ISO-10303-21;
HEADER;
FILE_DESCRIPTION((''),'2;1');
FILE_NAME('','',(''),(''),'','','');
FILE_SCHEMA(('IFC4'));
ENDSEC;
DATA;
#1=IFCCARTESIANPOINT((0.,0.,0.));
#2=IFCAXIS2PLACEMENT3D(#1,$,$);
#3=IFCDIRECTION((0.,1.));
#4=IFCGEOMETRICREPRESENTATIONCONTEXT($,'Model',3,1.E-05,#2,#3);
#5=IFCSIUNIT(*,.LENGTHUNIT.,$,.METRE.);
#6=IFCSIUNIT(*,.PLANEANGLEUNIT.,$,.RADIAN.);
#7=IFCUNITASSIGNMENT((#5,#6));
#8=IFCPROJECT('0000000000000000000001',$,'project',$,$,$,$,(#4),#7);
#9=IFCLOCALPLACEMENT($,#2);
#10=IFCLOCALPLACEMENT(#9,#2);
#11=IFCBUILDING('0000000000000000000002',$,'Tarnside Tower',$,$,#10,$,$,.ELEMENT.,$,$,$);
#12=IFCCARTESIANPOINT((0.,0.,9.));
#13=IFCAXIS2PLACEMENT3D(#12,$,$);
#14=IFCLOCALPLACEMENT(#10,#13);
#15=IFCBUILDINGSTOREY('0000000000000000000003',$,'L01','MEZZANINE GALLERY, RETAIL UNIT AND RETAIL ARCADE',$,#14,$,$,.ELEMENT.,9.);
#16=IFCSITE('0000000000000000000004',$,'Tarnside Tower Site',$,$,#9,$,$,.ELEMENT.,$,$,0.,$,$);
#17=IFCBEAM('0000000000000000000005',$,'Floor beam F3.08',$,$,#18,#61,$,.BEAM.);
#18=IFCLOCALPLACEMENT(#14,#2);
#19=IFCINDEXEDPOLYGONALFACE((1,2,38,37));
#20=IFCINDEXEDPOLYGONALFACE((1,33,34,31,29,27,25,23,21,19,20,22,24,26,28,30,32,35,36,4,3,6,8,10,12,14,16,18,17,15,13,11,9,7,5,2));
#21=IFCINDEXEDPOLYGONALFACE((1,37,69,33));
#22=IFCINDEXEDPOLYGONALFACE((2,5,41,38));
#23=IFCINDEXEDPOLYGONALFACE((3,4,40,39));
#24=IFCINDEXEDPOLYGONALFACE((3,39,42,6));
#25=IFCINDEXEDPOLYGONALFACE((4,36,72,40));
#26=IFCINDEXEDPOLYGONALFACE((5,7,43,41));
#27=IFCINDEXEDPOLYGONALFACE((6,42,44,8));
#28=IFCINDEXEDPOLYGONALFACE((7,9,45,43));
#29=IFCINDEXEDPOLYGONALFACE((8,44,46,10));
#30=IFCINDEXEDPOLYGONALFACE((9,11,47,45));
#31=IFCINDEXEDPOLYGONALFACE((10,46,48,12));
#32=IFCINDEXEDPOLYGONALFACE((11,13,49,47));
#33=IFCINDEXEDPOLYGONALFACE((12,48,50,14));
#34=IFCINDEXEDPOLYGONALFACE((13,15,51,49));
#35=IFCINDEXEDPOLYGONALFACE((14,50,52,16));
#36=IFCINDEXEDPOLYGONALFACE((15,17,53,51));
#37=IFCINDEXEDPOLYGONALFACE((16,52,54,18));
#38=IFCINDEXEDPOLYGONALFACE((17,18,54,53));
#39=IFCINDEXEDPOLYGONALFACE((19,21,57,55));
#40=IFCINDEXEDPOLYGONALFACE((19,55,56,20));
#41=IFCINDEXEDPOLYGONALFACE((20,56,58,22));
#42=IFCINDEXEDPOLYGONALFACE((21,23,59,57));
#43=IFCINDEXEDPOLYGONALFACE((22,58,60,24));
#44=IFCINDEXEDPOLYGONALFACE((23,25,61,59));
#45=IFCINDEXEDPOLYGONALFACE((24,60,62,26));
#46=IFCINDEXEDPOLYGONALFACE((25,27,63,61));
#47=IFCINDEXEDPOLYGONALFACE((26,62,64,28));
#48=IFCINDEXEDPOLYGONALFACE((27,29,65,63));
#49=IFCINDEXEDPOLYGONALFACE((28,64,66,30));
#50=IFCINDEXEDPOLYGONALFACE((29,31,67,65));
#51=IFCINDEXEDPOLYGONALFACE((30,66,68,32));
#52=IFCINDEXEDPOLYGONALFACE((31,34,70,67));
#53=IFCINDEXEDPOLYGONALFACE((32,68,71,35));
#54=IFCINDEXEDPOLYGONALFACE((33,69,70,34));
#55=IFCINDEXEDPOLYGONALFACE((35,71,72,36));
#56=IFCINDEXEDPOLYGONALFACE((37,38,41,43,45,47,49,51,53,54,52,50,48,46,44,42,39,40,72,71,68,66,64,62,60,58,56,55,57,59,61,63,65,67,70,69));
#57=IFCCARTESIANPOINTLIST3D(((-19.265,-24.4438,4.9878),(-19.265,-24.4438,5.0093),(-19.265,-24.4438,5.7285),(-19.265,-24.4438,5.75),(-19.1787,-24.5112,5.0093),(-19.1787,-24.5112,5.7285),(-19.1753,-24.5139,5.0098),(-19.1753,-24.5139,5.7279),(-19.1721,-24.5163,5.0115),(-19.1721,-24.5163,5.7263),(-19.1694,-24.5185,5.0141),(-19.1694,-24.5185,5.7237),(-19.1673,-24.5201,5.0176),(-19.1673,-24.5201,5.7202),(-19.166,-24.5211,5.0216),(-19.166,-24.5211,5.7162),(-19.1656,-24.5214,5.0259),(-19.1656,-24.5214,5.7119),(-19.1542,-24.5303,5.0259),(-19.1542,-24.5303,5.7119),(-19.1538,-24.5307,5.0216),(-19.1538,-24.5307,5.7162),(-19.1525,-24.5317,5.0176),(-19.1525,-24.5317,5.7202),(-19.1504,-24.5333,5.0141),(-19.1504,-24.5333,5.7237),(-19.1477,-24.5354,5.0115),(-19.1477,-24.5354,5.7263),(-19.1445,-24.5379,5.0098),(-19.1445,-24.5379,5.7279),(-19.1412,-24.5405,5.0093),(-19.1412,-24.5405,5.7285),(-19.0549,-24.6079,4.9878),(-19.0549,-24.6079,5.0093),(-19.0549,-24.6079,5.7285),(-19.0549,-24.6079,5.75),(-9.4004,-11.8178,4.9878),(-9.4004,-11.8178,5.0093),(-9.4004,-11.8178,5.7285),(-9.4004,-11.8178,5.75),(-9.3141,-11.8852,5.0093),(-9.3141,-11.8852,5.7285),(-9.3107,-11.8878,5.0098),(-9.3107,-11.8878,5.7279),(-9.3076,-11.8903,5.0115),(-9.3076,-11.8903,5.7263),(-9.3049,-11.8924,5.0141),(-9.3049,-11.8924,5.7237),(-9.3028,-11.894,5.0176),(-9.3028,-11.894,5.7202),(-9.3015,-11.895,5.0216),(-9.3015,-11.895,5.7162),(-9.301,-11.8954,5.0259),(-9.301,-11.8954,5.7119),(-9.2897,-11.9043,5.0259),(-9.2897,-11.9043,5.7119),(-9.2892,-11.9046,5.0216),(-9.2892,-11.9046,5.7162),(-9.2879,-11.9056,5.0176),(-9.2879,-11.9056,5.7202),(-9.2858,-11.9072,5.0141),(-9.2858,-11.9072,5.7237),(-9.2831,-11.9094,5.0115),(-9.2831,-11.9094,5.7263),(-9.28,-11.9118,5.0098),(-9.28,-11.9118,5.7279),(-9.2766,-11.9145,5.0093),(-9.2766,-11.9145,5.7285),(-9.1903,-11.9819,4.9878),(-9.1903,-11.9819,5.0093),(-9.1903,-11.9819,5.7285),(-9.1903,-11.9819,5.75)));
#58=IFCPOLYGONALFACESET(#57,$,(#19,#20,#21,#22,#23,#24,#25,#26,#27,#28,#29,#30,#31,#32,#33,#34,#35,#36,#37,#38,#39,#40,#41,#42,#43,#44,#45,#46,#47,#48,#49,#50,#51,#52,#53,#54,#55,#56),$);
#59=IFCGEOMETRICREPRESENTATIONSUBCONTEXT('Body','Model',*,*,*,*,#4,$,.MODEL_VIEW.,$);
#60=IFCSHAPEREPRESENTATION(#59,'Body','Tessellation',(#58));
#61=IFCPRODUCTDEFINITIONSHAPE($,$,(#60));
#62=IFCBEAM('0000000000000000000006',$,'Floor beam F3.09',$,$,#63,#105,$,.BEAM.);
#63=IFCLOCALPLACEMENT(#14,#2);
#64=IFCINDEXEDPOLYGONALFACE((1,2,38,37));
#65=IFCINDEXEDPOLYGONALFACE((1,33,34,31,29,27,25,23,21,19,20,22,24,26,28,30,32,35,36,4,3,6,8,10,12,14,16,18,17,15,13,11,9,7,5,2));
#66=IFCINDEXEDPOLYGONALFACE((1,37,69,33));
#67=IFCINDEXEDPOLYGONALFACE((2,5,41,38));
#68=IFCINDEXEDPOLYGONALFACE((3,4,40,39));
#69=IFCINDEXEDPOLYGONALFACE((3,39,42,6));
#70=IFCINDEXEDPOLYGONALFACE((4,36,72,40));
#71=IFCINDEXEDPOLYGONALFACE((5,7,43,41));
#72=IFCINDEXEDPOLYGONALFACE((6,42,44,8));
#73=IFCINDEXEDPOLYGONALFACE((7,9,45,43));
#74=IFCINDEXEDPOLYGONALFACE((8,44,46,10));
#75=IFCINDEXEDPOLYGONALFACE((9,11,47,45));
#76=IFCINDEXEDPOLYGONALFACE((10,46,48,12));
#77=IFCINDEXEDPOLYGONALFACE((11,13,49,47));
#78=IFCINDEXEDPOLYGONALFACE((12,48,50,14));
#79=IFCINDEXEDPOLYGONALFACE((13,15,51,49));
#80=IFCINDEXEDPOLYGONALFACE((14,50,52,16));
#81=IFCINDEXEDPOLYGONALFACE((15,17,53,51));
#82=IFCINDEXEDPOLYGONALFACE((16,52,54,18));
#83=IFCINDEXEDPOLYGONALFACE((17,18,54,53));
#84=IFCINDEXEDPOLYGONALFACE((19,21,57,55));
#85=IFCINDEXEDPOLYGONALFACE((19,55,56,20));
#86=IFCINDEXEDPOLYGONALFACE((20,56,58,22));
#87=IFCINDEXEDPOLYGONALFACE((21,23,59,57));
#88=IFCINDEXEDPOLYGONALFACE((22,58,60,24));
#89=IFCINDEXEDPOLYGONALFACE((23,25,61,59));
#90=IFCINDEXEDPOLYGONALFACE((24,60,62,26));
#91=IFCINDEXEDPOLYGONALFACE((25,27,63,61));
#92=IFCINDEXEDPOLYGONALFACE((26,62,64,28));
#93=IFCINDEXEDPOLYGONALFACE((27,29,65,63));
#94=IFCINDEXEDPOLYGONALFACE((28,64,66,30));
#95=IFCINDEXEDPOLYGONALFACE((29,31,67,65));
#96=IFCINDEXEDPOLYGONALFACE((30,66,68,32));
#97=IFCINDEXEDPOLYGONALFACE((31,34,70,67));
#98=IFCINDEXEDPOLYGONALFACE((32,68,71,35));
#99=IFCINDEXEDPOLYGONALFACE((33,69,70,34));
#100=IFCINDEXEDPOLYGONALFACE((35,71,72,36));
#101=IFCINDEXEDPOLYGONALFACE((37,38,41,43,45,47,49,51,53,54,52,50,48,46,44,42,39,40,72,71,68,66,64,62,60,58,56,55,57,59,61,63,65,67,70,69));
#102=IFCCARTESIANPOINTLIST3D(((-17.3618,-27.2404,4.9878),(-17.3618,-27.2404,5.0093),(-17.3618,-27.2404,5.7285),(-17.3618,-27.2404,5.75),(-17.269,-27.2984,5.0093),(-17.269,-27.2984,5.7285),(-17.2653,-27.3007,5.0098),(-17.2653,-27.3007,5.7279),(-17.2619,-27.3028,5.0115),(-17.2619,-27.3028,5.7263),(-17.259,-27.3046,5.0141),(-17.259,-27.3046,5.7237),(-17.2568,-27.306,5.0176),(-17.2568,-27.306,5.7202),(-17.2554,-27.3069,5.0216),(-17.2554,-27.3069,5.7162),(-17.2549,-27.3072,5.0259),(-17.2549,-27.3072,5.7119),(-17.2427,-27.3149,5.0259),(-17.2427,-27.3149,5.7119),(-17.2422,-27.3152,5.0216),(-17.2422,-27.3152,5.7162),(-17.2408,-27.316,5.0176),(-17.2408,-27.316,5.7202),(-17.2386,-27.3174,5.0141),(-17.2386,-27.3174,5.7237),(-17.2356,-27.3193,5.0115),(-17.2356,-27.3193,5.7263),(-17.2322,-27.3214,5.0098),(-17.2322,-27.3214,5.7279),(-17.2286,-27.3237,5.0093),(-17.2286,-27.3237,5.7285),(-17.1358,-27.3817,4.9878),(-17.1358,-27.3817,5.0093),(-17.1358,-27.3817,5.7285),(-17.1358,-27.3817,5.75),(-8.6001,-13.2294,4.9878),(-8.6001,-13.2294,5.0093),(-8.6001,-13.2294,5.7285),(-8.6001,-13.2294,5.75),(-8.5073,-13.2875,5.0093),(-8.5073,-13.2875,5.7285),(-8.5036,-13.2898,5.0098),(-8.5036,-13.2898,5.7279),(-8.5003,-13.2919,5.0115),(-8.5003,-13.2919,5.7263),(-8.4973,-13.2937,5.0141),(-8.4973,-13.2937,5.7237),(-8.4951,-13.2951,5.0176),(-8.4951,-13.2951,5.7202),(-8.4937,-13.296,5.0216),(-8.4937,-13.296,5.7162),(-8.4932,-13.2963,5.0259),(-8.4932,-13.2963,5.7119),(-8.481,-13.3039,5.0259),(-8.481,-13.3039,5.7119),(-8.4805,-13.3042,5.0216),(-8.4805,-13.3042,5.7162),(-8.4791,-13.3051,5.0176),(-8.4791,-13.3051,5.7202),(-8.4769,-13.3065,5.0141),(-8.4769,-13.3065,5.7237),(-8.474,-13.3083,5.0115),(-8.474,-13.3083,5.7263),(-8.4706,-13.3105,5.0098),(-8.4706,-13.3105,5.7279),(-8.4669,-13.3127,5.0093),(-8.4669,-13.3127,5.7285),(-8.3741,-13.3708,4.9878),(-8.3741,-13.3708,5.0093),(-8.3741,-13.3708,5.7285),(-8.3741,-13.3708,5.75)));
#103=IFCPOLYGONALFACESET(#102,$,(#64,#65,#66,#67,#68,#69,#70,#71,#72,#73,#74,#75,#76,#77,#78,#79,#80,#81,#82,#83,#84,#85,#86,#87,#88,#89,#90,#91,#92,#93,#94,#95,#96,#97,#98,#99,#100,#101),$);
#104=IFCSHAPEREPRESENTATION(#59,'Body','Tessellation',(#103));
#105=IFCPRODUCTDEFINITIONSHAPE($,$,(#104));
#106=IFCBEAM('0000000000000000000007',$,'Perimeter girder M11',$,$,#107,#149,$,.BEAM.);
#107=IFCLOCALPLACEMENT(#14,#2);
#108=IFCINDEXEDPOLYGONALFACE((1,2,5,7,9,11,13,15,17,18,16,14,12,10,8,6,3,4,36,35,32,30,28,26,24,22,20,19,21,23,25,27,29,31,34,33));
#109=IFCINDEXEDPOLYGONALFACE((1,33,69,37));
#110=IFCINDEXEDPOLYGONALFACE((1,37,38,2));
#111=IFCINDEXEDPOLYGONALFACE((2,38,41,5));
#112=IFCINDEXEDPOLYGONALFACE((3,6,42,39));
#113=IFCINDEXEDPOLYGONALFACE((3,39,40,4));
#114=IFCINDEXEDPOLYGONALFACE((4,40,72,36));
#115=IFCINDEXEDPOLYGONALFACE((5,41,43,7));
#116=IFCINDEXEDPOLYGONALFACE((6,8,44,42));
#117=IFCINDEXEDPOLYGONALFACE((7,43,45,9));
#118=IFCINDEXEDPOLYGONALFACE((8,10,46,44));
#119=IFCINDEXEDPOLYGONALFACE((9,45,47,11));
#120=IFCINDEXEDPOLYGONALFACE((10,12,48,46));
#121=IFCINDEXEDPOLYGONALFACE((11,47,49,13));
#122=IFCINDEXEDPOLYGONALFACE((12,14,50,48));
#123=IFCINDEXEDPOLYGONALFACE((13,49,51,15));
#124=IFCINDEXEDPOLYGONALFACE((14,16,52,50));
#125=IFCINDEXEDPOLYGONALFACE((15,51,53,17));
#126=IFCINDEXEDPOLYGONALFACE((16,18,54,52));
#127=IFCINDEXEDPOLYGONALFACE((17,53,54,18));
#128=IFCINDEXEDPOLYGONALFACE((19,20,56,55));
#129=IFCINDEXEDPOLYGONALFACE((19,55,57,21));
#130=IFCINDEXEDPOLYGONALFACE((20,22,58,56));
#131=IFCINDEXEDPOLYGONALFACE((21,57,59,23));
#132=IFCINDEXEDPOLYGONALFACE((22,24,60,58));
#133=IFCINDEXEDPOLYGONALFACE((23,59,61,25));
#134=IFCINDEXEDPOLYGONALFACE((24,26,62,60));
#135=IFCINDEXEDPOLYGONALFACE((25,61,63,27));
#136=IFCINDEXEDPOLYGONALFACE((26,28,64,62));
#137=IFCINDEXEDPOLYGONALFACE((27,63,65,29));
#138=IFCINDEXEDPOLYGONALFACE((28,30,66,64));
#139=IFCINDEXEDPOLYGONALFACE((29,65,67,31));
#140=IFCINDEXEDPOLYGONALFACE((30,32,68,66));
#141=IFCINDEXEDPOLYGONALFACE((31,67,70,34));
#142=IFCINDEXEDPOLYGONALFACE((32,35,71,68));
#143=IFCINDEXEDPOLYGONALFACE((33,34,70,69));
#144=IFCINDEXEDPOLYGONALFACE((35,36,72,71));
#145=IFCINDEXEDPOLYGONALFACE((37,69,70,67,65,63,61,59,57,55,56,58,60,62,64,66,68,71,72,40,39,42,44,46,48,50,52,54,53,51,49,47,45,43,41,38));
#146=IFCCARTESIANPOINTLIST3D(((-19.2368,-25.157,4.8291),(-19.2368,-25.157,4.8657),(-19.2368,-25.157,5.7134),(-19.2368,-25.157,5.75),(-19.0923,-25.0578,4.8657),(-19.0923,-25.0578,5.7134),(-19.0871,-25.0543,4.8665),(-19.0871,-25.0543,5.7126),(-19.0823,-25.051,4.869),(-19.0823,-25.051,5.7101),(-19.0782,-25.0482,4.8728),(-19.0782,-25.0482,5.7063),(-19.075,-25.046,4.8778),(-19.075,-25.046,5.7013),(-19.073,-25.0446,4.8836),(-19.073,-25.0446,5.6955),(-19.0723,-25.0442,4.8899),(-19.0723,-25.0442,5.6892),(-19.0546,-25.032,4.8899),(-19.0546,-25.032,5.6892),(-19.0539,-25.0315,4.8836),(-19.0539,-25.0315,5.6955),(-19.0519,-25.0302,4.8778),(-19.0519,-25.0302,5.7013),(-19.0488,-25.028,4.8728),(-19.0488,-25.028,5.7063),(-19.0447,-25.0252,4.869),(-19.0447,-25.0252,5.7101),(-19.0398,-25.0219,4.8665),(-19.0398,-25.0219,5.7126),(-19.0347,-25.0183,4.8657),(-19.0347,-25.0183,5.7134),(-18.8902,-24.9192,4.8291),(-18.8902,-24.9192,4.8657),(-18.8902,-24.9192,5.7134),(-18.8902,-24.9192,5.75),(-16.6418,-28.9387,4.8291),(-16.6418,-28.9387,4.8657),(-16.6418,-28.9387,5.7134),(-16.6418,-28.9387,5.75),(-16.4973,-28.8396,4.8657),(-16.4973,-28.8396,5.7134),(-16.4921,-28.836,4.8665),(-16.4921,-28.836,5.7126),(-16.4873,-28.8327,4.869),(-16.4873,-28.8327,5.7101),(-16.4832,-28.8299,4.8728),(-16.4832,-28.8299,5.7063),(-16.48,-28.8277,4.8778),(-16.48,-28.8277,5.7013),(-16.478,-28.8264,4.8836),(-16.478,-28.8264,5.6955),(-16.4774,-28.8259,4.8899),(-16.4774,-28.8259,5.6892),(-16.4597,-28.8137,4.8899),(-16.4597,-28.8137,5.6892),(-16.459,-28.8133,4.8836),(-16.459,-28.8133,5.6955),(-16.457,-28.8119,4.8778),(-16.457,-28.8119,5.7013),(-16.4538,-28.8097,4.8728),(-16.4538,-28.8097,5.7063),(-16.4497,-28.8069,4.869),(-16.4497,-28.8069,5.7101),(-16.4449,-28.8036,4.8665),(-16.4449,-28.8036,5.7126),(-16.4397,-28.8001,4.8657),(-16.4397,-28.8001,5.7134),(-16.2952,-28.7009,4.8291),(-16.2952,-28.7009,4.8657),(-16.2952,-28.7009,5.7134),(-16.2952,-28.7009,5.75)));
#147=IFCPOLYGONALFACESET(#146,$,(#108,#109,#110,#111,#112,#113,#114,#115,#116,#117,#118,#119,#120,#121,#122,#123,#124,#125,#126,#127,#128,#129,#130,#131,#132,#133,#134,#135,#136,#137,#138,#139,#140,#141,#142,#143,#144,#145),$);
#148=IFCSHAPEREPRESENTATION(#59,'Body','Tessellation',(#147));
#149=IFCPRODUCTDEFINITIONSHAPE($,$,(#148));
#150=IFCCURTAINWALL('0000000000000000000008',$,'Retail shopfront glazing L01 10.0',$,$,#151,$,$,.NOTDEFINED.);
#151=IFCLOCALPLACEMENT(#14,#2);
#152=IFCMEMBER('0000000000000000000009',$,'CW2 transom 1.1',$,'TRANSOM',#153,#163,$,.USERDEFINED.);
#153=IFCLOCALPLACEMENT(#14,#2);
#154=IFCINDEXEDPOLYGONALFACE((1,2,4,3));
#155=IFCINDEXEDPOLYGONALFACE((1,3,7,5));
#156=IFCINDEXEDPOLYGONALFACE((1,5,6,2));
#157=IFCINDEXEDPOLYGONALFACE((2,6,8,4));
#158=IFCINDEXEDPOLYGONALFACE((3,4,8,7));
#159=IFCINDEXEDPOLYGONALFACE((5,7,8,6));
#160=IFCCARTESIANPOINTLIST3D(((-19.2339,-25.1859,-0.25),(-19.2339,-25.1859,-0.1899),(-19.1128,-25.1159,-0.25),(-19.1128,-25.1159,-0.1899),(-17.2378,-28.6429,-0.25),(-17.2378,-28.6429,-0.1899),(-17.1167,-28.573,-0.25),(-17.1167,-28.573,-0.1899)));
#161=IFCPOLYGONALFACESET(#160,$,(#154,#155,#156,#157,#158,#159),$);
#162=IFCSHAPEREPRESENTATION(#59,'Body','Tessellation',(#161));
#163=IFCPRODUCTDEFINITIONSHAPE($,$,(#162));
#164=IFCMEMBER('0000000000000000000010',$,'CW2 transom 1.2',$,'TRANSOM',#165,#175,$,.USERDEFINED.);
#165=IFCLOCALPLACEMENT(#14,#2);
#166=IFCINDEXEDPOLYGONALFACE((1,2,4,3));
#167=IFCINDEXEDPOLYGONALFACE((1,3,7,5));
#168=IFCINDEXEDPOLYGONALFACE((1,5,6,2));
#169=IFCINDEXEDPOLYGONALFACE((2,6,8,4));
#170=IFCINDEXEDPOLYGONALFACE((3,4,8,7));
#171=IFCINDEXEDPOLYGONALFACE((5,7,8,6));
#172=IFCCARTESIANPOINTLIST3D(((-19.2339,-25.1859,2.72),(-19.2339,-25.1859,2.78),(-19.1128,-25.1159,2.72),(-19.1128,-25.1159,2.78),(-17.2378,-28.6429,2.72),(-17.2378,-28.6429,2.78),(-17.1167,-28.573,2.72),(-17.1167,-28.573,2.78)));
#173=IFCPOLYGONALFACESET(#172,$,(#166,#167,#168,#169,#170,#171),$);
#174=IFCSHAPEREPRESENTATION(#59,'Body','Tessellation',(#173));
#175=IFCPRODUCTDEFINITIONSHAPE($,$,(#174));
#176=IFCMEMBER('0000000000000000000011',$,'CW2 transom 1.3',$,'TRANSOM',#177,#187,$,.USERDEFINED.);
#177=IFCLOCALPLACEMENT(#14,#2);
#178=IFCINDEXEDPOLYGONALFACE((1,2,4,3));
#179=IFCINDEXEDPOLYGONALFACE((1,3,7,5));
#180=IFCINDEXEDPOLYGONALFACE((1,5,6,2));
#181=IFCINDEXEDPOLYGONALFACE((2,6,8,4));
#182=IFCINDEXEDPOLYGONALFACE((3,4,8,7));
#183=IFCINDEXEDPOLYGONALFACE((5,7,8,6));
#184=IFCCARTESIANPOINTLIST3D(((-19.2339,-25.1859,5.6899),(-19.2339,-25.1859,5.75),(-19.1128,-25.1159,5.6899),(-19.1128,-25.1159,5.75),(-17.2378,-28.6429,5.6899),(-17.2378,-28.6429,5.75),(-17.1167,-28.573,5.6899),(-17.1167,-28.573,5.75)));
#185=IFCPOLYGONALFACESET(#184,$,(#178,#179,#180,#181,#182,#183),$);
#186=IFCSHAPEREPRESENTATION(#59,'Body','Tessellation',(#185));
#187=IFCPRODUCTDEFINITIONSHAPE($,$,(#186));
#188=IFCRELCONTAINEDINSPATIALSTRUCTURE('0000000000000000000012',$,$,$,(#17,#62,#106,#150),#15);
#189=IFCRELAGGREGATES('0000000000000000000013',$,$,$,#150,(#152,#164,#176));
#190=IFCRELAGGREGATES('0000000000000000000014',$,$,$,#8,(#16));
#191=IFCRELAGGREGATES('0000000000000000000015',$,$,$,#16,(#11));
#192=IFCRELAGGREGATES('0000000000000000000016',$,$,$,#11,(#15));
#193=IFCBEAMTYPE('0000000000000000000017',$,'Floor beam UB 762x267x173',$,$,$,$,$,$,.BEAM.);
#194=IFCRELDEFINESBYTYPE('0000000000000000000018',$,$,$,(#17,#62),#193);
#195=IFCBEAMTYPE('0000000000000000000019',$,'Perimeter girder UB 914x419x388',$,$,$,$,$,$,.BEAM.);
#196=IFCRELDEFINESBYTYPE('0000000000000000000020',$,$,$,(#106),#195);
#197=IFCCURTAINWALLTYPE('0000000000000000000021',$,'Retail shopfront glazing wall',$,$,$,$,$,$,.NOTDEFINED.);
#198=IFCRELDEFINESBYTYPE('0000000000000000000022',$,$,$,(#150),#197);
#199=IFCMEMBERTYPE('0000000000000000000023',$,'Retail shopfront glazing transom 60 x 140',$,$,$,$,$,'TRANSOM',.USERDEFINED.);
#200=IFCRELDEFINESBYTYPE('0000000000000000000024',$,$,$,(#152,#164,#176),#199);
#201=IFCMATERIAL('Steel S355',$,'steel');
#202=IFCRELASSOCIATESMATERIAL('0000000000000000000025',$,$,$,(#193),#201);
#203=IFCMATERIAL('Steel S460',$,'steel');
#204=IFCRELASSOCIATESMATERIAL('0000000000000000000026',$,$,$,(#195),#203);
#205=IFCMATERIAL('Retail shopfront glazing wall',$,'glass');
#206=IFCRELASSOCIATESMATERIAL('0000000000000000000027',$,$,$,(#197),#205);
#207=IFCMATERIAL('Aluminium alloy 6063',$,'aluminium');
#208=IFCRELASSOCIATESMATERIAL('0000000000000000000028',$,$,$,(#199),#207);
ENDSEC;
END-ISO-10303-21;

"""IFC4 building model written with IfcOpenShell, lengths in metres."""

from ifc_helpers import new_model, si_unit, direction, frame, origin, origin_2d, place, context, subcontext, project, spatial, rectangle, i_section, extrude, material, material_profile, profile_set, type_object, element, aggregate, save


model = new_model("IFC4")

# Units and contexts
model_context = context("Model", 3, precision=1e-05, world=origin(), true_north=direction((0.0, 1.0)))
body_context = subcontext(model_context, "Body", "Model", "MODEL_VIEW")
ifc_project = project(units=[si_unit("LENGTHUNIT", "METRE"), si_unit("PLANEANGLEUNIT", "RADIAN")], contexts=[model_context])

# Site, building, storey
site_placement = place(None, origin())
site = spatial("IfcSite", under=ifc_project, at=site_placement, Name="Tarnside Tower Site", CompositionType="ELEMENT", RefElevation=0.0)
building_placement = place(site_placement, origin())
building = spatial("IfcBuilding", under=site, at=building_placement, Name="Tarnside Tower", CompositionType="ELEMENT")
storey_placement = place(building_placement, frame((0.0, 0.0, 9.0)))
storey = spatial("IfcBuildingStorey", under=building, at=storey_placement, Name="L01", Description="MEZZANINE GALLERY, RETAIL UNIT AND RETAIL ARCADE", CompositionType="ELEMENT", Elevation=9.0)

# Beams
ifc_material_1 = material(Name="Steel S355", Category="steel")
ifc_material_profile_1 = material_profile(ifc_material_1, i_section(OverallWidth=0.2666, OverallDepth=0.7622, WebThickness=0.0144, FlangeThickness=0.0215, FilletRadius=0.0166, at=origin_2d()), Name="UB 762x267x173")
ifc_profile_set_1 = profile_set([ifc_material_profile_1], Name="Steel S355")
beam_type_1 = type_object("IfcBeamType", Name="Floor beam UB 762x267x173", PredefinedType="BEAM", material=ifc_profile_set_1)
beam_1_placement = place(storey_placement, frame((-19.1599, -24.5259, 5.3689), z_axis=(0.615662, 0.788011, 0.0), x_axis=(-0.788011, 0.615662, 0.0)))
element("IfcBeam", 1, at=beam_1_placement, inside=storey, type_object=beam_type_1, Name="Floor beam F3.08", PredefinedType="BEAM", context=body_context, shape_type="SweptSolid", body=[
    extrude(i_section(OverallWidth=0.2666, OverallDepth=0.7622, WebThickness=0.0144, FlangeThickness=0.0215, FilletRadius=0.0166, at=origin_2d()), origin(), (0.0, 0.0, 1.0), 16.0227),
])
beam_2_placement = place(storey_placement, frame((-17.2488, -27.311, 5.3689), z_axis=(0.53021, 0.847866, 0.0), x_axis=(-0.847866, 0.53021, 0.0)))
element("IfcBeam", 2, at=beam_2_placement, inside=storey, type_object=beam_type_1, Name="Floor beam F3.09", PredefinedType="BEAM", context=body_context, shape_type="SweptSolid", body=[
    extrude(i_section(OverallWidth=0.2666, OverallDepth=0.7622, WebThickness=0.0144, FlangeThickness=0.0215, FilletRadius=0.0166, at=origin_2d()), origin(), (0.0, 0.0, 1.0), 16.5249),
])
ifc_material_2 = material(Name="Steel S460", Category="steel")
ifc_material_profile_2 = material_profile(ifc_material_2, i_section(OverallWidth=0.4204, OverallDepth=0.9209, WebThickness=0.0215, FlangeThickness=0.0366, FilletRadius=0.0242, at=origin_2d()), Name="UB 914x419x388")
ifc_profile_set_2 = profile_set([ifc_material_profile_2], Name="Steel S460")
beam_type_2 = type_object("IfcBeamType", Name="Perimeter girder UB 914x419x388", PredefinedType="BEAM", material=ifc_profile_set_2)
beam_3_placement = place(storey_placement, frame((-19.0635, -25.0381, 5.2896), z_axis=(0.565792, -0.824548, 0.0), x_axis=(0.824548, 0.565792, 0.0)))
element("IfcBeam", 3, at=beam_3_placement, inside=storey, type_object=beam_type_2, Name="Perimeter girder M11", PredefinedType="BEAM", context=body_context, shape_type="SweptSolid", body=[
    extrude(i_section(OverallWidth=0.4204, OverallDepth=0.9209, WebThickness=0.0215, FlangeThickness=0.0366, FilletRadius=0.0242, at=origin_2d()), origin(), (0.0, 0.0, 1.0), 4.5864),
])

# Curtain wall, members
ifc_material_3 = material(Name="Retail shopfront glazing wall", Category="glass")
curtain_wall_type = type_object("IfcCurtainWallType", Name="Retail shopfront glazing wall", PredefinedType="NOTDEFINED", material=ifc_material_3)
curtain_wall_placement = place(storey_placement, origin())
curtain_wall = element("IfcCurtainWall", 4, at=curtain_wall_placement, inside=storey, type_object=curtain_wall_type, Name="Retail shopfront glazing L01 10.0", PredefinedType="NOTDEFINED")
ifc_material_4 = material(Name="Aluminium alloy 6063", Category="aluminium")
ifc_material_profile_3 = material_profile(ifc_material_4, rectangle(XDim=0.1399, YDim=0.0601, at=origin_2d()), Name="Retail shopfront glazing transom 60 x 140")
ifc_profile_set_3 = profile_set([ifc_material_profile_3], Name="Aluminium alloy 6063")
member_type = type_object("IfcMemberType", Name="Retail shopfront glazing transom 60 x 140", ElementType="TRANSOM", PredefinedType="USERDEFINED", material=ifc_profile_set_3)
member_1_placement = place(storey_placement, frame((-19.1733, -25.1509, -0.22), z_axis=(0.500033, -0.866006, 0.0), x_axis=(0.866006, 0.500033, 0.0)))
member_1 = element("IfcMember", 5, at=member_1_placement, type_object=member_type, Name="CW2 transom 1.1", ObjectType="TRANSOM", PredefinedType="USERDEFINED", context=body_context, shape_type="SweptSolid", body=[
    extrude(rectangle(XDim=0.1399, YDim=0.0601, at=origin_2d()), origin(), (0.0, 0.0, 1.0), 3.9919),
])
member_2_placement = place(storey_placement, frame((-19.1733, -25.1509, 2.75), z_axis=(0.500033, -0.866006, 0.0), x_axis=(0.866006, 0.500033, 0.0)))
member_2 = element("IfcMember", 6, at=member_2_placement, type_object=member_type, Name="CW2 transom 1.2", ObjectType="TRANSOM", PredefinedType="USERDEFINED", context=body_context, shape_type="SweptSolid", body=[
    extrude(rectangle(XDim=0.1399, YDim=0.0601, at=origin_2d()), origin(), (0.0, 0.0, 1.0), 3.9919),
])
member_3_placement = place(storey_placement, frame((-19.1733, -25.1509, 5.72), z_axis=(0.500033, -0.866006, 0.0), x_axis=(0.866006, 0.500033, 0.0)))
member_3 = element("IfcMember", 7, at=member_3_placement, type_object=member_type, Name="CW2 transom 1.3", ObjectType="TRANSOM", PredefinedType="USERDEFINED", context=body_context, shape_type="SweptSolid", body=[
    extrude(rectangle(XDim=0.1399, YDim=0.0601, at=origin_2d()), origin(), (0.0, 0.0, 1.0), 3.9919),
])
aggregate(curtain_wall, [member_1, member_2, member_3])

save(model, "model.ifc")
